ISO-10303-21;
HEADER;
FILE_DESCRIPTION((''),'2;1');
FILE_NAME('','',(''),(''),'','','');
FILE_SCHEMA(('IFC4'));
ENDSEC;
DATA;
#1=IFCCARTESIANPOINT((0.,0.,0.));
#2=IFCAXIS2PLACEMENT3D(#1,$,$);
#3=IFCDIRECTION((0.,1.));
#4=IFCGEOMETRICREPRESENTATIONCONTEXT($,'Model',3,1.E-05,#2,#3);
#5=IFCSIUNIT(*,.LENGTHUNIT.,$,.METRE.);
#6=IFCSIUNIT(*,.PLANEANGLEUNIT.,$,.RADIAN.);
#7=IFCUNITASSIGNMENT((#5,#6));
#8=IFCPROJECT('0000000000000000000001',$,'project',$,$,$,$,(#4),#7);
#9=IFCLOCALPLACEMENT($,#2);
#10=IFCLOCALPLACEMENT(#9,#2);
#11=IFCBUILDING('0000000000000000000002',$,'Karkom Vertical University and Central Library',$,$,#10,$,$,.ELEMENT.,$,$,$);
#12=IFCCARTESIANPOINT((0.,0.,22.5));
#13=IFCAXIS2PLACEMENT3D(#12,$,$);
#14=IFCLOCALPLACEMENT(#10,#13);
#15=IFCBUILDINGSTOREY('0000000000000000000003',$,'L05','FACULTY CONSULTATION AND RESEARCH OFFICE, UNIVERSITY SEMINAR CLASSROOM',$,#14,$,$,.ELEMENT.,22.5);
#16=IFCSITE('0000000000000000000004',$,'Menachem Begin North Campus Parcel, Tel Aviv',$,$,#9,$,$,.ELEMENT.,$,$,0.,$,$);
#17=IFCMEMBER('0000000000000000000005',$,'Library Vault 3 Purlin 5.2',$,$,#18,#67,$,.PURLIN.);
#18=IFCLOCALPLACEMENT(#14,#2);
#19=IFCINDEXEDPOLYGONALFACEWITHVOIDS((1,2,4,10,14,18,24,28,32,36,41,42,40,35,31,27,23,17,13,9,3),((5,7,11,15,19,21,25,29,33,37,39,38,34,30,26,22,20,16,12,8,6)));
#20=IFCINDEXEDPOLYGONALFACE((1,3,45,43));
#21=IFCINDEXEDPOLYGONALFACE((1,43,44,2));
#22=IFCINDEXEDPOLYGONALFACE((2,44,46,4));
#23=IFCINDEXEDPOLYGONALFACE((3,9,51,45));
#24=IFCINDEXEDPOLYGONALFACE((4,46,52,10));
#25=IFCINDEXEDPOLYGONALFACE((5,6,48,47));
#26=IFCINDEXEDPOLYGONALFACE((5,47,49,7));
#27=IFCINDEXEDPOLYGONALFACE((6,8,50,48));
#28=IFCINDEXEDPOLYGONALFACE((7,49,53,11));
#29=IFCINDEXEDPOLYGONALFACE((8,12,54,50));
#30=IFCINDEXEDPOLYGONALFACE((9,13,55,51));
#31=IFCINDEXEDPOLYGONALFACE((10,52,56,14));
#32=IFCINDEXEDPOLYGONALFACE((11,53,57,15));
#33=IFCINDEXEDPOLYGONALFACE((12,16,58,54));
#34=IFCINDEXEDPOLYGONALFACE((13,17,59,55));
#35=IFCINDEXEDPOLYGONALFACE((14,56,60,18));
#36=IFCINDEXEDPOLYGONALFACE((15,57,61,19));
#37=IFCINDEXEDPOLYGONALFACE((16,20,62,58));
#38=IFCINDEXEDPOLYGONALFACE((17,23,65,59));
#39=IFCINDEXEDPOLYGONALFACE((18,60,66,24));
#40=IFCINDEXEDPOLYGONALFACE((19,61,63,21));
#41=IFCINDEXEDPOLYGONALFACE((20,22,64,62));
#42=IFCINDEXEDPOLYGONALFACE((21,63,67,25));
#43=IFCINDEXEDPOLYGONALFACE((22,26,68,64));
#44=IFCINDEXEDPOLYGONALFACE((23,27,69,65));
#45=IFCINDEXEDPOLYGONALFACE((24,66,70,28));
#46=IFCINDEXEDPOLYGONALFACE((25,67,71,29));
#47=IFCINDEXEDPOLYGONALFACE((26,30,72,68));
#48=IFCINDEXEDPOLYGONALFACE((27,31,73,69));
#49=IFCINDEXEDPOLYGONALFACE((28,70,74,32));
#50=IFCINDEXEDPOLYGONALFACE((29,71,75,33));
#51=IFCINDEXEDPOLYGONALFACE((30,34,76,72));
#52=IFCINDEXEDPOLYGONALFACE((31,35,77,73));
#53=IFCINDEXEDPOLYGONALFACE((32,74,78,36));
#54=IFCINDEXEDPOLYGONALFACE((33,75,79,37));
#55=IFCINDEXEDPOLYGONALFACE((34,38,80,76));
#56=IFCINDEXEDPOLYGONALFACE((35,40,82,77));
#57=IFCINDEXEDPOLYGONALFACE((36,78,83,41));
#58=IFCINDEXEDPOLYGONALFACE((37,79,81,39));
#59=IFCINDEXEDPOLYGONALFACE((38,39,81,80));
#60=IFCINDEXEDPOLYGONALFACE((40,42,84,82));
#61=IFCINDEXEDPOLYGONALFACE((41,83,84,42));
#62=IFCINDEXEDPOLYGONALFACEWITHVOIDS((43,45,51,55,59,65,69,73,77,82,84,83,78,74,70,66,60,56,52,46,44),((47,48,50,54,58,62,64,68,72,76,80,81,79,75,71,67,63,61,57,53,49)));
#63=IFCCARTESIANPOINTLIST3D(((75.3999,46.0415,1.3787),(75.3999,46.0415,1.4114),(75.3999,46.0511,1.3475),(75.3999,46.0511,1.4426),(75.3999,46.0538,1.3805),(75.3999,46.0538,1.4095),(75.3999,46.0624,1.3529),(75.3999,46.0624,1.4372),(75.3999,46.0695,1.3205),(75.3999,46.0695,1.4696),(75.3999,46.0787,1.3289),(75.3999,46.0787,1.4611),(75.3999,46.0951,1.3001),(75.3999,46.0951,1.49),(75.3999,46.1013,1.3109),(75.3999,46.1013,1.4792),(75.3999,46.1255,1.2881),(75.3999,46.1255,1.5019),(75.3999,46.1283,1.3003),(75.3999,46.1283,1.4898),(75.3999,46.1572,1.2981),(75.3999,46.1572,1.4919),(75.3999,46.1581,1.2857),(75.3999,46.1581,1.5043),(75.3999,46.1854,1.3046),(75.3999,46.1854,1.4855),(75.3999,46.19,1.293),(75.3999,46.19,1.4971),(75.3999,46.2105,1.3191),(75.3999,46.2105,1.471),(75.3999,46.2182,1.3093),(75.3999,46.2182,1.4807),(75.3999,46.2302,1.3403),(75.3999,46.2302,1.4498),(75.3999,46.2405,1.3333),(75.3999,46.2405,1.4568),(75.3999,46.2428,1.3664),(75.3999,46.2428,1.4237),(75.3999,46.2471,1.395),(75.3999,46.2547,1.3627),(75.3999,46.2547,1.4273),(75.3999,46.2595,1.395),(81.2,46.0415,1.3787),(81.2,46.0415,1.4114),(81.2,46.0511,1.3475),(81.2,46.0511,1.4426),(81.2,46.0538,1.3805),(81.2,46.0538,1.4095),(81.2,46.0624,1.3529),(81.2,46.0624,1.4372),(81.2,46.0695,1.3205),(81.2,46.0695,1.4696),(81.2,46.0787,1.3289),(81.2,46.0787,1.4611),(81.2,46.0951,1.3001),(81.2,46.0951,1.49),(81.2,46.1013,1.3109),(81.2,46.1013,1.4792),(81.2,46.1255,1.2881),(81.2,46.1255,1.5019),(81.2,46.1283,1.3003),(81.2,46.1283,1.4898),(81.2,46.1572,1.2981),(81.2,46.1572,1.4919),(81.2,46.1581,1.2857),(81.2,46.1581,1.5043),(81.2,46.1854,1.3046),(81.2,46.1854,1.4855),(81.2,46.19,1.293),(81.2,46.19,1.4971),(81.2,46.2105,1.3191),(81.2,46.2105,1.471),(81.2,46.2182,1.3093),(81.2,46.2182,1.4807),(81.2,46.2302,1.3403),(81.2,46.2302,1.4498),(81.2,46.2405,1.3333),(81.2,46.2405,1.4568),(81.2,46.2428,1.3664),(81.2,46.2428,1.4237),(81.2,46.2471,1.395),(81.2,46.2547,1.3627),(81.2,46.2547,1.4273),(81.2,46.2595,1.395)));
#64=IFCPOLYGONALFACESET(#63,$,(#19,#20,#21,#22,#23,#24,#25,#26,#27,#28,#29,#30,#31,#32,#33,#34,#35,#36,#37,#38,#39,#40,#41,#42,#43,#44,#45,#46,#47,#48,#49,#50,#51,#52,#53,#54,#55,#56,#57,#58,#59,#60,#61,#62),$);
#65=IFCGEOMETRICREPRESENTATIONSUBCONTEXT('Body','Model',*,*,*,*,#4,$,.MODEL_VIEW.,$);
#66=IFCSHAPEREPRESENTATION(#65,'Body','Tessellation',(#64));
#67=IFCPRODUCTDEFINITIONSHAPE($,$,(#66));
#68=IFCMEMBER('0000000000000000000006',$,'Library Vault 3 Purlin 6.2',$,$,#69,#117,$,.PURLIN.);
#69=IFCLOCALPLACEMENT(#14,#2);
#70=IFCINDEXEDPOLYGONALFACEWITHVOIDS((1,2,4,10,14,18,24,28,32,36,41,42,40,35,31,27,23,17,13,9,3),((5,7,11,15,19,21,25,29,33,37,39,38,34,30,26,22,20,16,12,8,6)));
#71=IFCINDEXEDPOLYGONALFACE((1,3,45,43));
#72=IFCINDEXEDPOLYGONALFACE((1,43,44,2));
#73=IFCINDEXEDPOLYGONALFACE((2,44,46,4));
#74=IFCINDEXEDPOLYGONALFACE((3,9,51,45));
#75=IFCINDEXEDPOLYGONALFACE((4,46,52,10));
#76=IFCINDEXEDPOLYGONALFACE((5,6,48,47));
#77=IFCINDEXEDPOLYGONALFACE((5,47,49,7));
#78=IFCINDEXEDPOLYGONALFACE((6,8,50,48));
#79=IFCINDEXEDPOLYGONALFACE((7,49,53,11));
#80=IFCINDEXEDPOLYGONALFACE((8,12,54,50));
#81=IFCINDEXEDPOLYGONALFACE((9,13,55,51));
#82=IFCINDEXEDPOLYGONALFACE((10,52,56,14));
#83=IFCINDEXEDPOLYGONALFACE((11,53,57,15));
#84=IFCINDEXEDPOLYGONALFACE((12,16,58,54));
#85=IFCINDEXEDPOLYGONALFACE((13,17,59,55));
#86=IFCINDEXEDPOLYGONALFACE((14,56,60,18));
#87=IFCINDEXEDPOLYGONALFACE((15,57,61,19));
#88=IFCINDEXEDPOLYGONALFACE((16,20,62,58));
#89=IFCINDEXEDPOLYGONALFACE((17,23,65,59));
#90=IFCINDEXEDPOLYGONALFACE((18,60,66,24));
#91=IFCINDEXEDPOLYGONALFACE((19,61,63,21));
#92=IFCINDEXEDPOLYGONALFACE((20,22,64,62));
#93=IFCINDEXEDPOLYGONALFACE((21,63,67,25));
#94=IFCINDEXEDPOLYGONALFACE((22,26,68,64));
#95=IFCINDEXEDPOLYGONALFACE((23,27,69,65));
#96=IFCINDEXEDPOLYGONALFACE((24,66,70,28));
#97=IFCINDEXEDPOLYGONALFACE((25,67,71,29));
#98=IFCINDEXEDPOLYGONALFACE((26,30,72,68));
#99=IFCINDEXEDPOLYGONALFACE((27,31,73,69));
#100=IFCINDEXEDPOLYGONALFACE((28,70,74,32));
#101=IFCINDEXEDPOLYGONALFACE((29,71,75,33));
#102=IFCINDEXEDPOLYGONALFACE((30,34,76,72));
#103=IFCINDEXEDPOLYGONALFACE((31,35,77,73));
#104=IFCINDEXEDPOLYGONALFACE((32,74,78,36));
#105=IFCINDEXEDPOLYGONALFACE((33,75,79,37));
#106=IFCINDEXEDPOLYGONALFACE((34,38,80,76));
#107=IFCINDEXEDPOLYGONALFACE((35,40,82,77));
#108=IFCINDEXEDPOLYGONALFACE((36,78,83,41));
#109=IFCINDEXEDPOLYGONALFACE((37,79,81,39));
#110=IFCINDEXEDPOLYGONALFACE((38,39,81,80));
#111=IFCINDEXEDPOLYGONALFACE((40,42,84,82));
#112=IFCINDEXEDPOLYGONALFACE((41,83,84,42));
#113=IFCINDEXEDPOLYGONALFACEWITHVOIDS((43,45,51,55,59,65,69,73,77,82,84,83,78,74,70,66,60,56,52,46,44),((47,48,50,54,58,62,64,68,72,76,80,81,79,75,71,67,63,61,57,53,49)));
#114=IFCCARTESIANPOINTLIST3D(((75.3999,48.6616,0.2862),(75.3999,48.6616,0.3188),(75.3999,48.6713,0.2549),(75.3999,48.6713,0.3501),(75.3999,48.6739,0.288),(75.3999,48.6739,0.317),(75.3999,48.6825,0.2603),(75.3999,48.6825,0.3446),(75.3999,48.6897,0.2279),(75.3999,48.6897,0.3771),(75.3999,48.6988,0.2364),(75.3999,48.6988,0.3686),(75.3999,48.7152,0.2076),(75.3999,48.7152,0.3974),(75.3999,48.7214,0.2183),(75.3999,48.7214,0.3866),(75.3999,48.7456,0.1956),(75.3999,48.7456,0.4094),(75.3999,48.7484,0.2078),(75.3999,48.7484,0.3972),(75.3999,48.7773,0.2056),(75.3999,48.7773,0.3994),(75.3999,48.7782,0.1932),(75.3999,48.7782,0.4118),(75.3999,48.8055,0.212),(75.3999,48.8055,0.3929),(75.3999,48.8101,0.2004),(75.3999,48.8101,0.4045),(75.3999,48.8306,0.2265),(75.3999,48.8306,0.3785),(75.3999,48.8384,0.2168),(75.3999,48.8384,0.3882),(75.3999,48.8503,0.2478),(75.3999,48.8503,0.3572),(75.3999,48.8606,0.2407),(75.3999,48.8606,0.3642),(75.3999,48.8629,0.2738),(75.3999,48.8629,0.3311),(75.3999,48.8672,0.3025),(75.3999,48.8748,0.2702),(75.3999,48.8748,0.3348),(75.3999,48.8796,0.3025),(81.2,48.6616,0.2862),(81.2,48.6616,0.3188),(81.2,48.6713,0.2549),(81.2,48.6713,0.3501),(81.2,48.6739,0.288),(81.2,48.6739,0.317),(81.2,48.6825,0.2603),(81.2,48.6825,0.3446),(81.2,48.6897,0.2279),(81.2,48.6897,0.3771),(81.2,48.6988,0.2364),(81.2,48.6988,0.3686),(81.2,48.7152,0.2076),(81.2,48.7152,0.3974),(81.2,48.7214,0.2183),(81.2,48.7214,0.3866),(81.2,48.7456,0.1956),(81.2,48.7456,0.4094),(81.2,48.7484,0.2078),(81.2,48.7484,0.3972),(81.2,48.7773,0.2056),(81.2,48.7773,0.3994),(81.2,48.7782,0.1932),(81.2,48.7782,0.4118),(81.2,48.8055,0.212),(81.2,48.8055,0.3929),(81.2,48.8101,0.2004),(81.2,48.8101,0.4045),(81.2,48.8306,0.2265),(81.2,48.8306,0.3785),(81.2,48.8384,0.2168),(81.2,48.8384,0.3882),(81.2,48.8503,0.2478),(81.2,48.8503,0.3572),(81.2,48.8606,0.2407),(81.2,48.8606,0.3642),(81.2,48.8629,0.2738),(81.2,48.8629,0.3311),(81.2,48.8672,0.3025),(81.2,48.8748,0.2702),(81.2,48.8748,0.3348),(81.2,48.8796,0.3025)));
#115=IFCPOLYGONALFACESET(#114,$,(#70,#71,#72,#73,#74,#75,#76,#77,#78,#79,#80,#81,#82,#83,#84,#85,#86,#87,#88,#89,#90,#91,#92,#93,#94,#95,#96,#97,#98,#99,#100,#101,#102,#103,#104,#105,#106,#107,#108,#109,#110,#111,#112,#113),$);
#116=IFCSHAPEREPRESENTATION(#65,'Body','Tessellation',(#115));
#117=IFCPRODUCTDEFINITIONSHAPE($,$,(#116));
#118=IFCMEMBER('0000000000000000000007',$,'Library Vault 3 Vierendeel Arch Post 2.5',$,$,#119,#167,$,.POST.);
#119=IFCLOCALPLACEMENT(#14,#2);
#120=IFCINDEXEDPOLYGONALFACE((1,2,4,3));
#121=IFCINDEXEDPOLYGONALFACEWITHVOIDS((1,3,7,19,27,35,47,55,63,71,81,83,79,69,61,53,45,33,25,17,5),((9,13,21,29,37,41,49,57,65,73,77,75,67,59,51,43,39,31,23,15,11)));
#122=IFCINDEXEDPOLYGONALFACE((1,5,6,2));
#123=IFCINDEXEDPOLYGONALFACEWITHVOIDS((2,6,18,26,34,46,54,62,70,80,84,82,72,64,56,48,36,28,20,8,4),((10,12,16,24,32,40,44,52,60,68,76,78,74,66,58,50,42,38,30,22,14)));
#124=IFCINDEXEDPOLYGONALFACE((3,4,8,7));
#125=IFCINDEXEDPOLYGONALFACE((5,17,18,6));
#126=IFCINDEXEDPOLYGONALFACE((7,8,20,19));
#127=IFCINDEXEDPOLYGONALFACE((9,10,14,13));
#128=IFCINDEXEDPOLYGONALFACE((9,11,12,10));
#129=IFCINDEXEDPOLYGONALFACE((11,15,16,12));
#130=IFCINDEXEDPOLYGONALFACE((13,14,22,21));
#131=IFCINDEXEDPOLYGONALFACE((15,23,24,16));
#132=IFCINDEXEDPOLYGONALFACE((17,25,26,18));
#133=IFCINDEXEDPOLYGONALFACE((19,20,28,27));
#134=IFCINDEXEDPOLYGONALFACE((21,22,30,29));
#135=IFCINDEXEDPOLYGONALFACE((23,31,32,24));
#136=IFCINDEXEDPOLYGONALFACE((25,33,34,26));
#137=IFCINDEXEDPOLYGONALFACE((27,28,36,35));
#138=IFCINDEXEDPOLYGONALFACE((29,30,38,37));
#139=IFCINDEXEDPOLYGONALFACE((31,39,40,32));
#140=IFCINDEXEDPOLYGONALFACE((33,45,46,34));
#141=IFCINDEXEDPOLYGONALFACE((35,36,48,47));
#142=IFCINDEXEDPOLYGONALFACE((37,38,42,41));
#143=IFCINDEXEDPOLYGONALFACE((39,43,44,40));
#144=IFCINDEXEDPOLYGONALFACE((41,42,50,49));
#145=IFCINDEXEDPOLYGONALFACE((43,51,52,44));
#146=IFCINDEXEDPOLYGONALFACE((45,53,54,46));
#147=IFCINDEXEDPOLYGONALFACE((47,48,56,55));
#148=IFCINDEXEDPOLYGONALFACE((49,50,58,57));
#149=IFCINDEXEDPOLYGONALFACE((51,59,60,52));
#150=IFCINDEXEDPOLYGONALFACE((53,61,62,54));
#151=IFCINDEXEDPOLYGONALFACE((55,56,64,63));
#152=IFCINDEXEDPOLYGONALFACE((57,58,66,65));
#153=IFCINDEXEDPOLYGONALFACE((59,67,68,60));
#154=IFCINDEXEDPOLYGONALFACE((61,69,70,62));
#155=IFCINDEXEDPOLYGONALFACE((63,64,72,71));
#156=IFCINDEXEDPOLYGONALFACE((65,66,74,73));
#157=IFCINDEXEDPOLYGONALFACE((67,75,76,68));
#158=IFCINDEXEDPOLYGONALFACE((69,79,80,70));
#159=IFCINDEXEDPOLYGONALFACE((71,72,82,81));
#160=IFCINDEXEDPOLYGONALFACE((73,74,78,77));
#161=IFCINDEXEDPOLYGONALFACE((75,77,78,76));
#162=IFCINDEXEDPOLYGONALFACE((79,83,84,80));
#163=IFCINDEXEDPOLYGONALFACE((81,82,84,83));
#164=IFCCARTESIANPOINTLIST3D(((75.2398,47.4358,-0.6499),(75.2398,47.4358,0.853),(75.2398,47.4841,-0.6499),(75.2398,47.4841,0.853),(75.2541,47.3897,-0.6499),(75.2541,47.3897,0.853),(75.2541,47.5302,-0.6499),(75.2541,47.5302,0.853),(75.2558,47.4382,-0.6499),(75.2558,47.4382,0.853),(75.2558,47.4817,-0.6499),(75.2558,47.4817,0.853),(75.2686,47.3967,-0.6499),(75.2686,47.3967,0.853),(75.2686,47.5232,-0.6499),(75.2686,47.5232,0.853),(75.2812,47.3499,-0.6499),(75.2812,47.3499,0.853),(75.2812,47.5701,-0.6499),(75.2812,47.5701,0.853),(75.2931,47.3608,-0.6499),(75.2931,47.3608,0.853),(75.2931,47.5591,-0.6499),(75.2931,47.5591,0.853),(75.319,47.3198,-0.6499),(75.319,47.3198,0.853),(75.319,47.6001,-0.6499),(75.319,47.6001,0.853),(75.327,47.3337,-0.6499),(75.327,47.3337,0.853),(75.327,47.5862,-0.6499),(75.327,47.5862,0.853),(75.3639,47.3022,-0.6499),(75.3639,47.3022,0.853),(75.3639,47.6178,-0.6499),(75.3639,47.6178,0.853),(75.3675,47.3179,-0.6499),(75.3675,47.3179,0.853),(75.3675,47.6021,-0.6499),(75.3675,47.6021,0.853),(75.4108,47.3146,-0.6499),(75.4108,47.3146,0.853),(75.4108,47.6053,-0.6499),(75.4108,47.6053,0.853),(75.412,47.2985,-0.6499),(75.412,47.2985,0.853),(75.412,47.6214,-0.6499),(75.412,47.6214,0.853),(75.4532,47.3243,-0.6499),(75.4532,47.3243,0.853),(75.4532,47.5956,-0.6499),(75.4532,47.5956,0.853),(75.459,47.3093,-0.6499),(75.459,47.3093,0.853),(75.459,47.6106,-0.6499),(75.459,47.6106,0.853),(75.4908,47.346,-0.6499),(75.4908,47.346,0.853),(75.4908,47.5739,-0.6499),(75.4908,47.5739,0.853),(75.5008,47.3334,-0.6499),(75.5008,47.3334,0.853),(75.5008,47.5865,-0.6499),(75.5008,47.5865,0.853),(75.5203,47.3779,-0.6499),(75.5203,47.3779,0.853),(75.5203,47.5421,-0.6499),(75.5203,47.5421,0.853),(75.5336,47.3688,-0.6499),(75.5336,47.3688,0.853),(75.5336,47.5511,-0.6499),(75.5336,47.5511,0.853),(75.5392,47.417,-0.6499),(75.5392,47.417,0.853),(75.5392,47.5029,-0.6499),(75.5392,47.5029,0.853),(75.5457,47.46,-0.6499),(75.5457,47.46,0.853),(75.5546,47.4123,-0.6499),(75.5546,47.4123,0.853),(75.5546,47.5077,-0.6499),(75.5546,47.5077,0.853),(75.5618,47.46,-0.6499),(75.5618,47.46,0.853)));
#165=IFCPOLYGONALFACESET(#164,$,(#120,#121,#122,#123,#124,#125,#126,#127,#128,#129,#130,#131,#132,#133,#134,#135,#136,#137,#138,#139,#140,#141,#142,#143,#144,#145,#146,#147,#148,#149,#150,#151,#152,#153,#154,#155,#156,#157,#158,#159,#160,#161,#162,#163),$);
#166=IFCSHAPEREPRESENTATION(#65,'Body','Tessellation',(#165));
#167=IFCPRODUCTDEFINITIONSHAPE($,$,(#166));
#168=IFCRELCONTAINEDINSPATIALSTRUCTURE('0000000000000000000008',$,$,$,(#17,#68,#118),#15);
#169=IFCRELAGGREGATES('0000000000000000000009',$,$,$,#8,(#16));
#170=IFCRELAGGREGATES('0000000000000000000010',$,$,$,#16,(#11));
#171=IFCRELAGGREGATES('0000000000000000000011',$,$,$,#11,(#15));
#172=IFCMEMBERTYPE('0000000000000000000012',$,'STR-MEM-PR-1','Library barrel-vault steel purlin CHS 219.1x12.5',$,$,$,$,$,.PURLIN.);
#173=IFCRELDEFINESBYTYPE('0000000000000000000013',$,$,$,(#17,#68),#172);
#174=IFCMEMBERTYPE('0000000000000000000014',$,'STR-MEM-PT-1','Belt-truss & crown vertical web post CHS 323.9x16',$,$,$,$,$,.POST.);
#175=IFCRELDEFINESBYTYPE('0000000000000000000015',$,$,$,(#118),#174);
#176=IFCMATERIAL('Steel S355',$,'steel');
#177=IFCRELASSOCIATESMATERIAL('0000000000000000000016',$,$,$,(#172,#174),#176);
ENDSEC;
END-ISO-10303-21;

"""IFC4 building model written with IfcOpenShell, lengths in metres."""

from ifc_helpers import new_model, si_unit, direction, frame, origin, origin_with_axes, origin_2d, place, context, subcontext, project, spatial, hollow_circle, extrude, source, transform, mapped, material, material_profile, profile_set, type_object, element, save


model = new_model("IFC4")

# Units and contexts
model_context = context("Model", 3, precision=1e-05, world=origin(), true_north=direction((0.0, 1.0)))
body_context = subcontext(model_context, "Body", "Model", "MODEL_VIEW")
ifc_project = project(units=[si_unit("LENGTHUNIT", "METRE"), si_unit("PLANEANGLEUNIT", "RADIAN")], contexts=[model_context])

# Site, building, storey
site_placement = place(None, origin())
site = spatial("IfcSite", under=ifc_project, at=site_placement, Name="Menachem Begin North Campus Parcel, Tel Aviv", CompositionType="ELEMENT", RefElevation=0.0)
building_placement = place(site_placement, origin())
building = spatial("IfcBuilding", under=site, at=building_placement, Name="Karkom Vertical University and Central Library", CompositionType="ELEMENT")
storey_placement = place(building_placement, frame((0.0, 0.0, 22.5)))
storey = spatial("IfcBuildingStorey", under=building, at=storey_placement, Name="L05", Description="FACULTY CONSULTATION AND RESEARCH OFFICE, UNIVERSITY SEMINAR CLASSROOM", CompositionType="ELEMENT", Elevation=22.5)

# Members
ifc_material_1 = material(Name="Steel S355", Category="steel")
ifc_material_profile_1 = material_profile(ifc_material_1, hollow_circle(Radius=0.1096, WallThickness=0.0125, at=origin_2d()), Name="CHS 219.1x12.5")
ifc_profile_set_1 = profile_set([ifc_material_profile_1], Name="Steel S355")
member_type_1 = type_object("IfcMemberType", Name="STR-MEM-PR-1", Description="Library barrel-vault steel purlin CHS 219.1x12.5", PredefinedType="PURLIN", material=ifc_profile_set_1)
shared_shape_1 = source(origin_with_axes(), body_context, "Body", "SweptSolid", [
    extrude(hollow_circle(Radius=0.1096, WallThickness=0.0125, at=origin_2d()), origin(), (0.0, 0.0, 1.0), 5.8),
])
for number, where, z_axis, x_axis, name in (
    (1, (75.3999, 46.1499, 1.395), (1.0, 0.0, 0.0), (0.0, 1.0, 0.0), "Library Vault 3 Purlin 5.2"),
    (2, (75.3999, 48.77, 0.3025), (1.0, 0.0, 0.0), (0.0, 1.0, 0.0), "Library Vault 3 Purlin 6.2"),
):
    element("IfcMember", number, at=place(storey_placement, frame(where, z_axis=z_axis, x_axis=x_axis)), inside=storey, type_object=member_type_1, Name=name, PredefinedType="PURLIN", context=body_context, shape_type="MappedRepresentation", body=[
        mapped(shared_shape_1, transform((0.0, 0.0, 0.0), scale=1.0)),
    ])
ifc_material_profile_2 = material_profile(ifc_material_1, hollow_circle(Radius=0.1619, WallThickness=0.0161, at=origin_2d()), Name="CHS 323.9x16")
ifc_profile_set_2 = profile_set([ifc_material_profile_2], Name="Steel S355")
member_type_2 = type_object("IfcMemberType", Name="STR-MEM-PT-1", Description="Belt-truss & crown vertical web post CHS 323.9x16", PredefinedType="POST", material=ifc_profile_set_2)
shared_shape_2 = source(origin_with_axes(), body_context, "Body", "SweptSolid", [
    extrude(hollow_circle(Radius=0.1619, WallThickness=0.0161, at=origin_2d()), origin(), (0.0, 0.0, 1.0), 1.5029),
])
for number, where, z_axis, x_axis, name in (
    (3, (75.3999, 47.46, -0.6499), (0.0, 0.0, 1.0), (1.0, 0.0, 0.0), "Library Vault 3 Vierendeel Arch Post 2.5"),
):
    element("IfcMember", number, at=place(storey_placement, frame(where, z_axis=z_axis, x_axis=x_axis)), inside=storey, type_object=member_type_2, Name=name, PredefinedType="POST", context=body_context, shape_type="MappedRepresentation", body=[
        mapped(shared_shape_2, transform((0.0, 0.0, 0.0), scale=1.0)),
    ])

save(model, "model.ifc")
